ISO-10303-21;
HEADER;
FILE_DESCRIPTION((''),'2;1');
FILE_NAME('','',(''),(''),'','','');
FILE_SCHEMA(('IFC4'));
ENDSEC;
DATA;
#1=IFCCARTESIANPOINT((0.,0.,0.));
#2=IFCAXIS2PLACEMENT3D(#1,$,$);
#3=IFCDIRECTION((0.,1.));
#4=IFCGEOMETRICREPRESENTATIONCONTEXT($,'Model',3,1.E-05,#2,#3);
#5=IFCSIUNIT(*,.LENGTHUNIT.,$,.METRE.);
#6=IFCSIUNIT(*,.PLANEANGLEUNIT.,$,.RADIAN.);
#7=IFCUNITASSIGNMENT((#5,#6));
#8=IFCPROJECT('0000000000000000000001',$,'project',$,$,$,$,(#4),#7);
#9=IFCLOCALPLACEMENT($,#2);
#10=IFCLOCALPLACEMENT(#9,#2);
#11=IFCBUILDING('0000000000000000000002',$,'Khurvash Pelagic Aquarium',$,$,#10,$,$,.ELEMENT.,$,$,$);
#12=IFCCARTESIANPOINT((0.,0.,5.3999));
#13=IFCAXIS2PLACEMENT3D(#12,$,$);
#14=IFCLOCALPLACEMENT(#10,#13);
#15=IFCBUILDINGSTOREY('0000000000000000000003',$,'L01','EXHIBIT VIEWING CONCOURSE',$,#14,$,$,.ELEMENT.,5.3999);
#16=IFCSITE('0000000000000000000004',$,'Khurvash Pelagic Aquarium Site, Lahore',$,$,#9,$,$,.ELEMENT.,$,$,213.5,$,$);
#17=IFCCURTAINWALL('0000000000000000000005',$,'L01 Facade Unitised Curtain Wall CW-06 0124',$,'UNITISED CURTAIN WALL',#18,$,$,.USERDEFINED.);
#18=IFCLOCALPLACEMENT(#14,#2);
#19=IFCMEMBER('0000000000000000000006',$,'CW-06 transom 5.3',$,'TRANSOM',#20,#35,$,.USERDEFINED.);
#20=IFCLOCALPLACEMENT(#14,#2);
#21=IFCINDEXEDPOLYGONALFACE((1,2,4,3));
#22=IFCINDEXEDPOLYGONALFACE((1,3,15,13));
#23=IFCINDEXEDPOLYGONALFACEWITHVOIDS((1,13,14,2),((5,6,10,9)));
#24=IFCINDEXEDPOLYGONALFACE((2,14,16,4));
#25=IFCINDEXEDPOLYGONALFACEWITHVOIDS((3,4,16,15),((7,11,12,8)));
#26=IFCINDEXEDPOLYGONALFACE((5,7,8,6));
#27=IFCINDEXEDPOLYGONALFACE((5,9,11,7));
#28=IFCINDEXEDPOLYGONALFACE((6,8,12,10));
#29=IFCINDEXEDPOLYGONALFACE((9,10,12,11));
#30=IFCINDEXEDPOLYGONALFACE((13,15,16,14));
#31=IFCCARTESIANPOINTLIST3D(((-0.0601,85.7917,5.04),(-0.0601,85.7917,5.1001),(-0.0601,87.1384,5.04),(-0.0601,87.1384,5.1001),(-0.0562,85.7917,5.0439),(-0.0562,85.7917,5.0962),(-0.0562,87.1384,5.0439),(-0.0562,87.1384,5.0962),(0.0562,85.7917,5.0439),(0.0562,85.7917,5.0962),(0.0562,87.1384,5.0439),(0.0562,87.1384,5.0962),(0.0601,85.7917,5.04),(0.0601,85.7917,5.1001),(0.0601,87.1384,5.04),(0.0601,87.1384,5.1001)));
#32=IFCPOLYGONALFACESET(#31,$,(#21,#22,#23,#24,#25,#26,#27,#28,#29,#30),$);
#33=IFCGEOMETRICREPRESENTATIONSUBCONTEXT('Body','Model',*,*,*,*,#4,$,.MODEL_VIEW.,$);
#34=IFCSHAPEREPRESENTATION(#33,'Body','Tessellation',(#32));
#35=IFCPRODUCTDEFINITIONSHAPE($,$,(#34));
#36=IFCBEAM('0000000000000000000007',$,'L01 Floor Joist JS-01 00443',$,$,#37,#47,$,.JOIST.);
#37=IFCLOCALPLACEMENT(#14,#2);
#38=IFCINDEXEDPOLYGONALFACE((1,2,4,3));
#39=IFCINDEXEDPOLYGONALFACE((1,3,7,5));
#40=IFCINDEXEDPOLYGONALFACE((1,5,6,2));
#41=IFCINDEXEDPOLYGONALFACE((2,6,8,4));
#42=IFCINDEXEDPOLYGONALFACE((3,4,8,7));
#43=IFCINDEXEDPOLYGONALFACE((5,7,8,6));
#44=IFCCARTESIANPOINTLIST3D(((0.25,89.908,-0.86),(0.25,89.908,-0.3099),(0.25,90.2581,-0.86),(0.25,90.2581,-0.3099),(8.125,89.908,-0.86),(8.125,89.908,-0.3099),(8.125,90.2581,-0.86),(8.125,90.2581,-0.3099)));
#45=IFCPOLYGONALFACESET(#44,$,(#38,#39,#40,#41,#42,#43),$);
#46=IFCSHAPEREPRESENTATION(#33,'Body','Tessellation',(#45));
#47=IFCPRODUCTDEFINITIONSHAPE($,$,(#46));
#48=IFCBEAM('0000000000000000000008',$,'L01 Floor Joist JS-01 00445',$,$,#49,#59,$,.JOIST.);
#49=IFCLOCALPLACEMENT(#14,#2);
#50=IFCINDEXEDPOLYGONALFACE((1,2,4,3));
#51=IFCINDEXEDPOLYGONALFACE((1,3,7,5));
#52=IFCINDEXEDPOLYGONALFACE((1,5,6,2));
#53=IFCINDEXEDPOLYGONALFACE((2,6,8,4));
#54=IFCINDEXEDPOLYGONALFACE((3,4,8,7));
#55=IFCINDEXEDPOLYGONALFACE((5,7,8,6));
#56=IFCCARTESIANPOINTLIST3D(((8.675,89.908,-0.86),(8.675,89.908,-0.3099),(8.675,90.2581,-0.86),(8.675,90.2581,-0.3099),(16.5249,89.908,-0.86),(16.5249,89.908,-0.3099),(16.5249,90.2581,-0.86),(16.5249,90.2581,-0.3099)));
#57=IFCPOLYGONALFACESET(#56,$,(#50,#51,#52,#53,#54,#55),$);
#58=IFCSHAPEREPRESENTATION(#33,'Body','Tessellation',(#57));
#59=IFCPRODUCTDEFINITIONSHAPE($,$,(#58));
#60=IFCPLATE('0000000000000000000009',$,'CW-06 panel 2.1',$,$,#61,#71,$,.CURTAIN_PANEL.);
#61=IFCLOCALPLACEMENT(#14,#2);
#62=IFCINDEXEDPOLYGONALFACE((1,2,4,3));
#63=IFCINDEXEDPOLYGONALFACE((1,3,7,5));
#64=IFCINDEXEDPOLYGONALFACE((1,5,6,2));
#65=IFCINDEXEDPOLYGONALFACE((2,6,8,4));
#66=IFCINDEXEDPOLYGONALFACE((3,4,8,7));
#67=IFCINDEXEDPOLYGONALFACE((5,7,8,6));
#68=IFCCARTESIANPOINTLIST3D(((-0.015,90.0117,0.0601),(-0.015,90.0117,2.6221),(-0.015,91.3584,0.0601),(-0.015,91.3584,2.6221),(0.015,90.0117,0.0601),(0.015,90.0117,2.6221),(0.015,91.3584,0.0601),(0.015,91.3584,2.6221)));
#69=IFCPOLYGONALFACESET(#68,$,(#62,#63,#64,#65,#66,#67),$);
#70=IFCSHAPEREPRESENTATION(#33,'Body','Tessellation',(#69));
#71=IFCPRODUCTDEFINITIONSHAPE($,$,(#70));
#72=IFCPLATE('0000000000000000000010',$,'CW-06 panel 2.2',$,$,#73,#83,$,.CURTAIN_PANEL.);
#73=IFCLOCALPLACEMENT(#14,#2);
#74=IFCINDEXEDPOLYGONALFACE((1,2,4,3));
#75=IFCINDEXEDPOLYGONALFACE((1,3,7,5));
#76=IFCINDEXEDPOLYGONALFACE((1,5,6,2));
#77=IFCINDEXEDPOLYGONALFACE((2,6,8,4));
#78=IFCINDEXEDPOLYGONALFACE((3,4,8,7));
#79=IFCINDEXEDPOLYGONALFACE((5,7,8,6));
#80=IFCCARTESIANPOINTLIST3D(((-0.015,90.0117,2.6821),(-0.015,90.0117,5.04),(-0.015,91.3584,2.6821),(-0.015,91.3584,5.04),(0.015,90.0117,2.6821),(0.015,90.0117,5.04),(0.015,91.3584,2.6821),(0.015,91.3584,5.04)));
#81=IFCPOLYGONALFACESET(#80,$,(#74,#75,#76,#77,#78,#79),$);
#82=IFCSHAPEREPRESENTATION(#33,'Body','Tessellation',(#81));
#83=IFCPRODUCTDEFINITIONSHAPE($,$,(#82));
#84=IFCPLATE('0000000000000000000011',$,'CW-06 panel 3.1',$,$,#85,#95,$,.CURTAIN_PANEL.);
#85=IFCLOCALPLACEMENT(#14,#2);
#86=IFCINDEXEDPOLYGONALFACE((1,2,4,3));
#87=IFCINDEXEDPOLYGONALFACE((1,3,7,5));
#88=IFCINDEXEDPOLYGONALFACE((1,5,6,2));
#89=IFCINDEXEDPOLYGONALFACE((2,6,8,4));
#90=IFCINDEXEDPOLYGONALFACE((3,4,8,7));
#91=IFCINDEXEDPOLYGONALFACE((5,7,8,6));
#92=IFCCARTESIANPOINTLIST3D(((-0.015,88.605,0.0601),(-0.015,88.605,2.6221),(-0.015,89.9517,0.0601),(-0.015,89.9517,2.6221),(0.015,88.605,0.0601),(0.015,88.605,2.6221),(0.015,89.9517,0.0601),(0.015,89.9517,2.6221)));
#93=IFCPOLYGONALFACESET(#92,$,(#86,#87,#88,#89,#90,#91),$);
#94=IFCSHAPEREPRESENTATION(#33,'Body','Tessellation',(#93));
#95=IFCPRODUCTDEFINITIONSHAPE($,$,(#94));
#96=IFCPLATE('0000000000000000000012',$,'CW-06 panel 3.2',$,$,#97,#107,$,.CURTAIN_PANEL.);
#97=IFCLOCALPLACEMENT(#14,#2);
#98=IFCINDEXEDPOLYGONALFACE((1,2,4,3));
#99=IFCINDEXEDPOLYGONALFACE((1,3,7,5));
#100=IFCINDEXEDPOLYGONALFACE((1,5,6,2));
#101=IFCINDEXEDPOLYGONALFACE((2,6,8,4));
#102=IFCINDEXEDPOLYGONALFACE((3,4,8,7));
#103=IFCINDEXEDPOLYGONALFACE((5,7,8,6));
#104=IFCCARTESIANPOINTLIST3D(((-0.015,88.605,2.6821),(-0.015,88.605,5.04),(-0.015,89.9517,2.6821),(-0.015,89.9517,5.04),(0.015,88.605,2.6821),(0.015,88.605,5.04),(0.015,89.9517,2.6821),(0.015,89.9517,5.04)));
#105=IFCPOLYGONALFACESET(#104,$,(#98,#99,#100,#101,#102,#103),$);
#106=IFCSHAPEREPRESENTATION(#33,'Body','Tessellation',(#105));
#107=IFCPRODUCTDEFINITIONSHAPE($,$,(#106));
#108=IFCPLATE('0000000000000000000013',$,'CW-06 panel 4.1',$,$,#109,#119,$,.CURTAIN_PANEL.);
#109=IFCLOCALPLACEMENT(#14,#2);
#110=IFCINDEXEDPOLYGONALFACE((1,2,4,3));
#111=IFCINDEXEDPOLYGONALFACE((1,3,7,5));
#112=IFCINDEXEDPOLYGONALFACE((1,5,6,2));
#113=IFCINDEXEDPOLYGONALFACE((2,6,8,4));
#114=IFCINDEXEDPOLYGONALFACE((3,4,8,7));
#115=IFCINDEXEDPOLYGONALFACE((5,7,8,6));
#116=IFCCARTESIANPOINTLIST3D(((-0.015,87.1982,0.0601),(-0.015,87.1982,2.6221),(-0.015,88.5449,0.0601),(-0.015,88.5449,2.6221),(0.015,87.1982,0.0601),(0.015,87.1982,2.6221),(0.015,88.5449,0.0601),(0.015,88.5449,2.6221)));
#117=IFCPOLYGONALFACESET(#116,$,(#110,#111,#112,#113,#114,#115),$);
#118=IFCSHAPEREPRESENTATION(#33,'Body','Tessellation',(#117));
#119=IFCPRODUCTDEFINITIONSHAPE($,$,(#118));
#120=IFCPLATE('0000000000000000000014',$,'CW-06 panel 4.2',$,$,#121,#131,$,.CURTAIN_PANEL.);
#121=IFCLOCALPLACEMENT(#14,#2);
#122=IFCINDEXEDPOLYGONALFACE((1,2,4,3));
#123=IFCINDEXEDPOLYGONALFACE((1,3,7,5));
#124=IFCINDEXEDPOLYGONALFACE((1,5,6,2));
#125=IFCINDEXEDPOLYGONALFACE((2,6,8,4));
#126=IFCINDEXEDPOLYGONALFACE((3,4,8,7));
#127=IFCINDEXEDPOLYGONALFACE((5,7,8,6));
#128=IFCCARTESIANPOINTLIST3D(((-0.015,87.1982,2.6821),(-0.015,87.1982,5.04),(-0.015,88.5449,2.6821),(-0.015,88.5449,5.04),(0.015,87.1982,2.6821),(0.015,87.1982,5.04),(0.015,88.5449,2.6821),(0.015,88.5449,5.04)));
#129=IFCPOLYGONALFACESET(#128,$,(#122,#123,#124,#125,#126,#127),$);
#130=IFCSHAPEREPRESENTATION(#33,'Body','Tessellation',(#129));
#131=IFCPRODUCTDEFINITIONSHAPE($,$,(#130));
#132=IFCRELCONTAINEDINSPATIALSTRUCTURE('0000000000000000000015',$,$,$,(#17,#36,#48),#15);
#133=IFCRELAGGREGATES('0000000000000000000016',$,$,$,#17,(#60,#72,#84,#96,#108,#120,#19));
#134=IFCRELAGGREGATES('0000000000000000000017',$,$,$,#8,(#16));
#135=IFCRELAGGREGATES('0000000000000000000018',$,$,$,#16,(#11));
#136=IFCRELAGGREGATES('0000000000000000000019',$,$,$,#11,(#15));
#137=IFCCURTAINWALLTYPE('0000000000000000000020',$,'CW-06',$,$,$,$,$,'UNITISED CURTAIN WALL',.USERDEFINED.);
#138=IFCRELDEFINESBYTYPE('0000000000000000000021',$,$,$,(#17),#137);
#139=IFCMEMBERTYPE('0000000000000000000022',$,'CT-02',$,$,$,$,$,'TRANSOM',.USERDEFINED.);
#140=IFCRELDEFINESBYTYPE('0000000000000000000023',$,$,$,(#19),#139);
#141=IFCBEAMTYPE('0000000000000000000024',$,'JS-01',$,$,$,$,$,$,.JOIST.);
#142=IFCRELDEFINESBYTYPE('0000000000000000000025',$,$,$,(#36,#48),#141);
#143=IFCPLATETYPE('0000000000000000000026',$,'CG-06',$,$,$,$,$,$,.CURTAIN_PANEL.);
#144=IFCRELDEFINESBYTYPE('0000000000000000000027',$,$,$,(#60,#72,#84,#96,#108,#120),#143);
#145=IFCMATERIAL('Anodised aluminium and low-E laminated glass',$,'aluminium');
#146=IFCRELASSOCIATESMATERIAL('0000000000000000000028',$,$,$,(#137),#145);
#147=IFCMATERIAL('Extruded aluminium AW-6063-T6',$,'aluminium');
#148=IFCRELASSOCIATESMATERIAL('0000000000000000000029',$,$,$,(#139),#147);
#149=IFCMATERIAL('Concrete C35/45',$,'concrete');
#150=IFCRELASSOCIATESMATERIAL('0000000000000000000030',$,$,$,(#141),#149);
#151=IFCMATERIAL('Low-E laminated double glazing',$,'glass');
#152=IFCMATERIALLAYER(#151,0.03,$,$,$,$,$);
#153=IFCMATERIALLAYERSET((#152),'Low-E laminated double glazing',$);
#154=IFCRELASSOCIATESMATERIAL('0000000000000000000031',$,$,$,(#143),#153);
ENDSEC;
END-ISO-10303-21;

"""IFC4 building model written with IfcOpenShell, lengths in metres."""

from ifc_helpers import new_model, si_unit, direction, frame, origin, origin_2d, place, context, subcontext, project, spatial, rectangle, hollow_rectangle, extrude, material, layer, layer_set, material_profile, profile_set, type_object, element, aggregate, save


model = new_model("IFC4")

# Units and contexts
model_context = context("Model", 3, precision=1e-05, world=origin(), true_north=direction((0.0, 1.0)))
body_context = subcontext(model_context, "Body", "Model", "MODEL_VIEW")
ifc_project = project(units=[si_unit("LENGTHUNIT", "METRE"), si_unit("PLANEANGLEUNIT", "RADIAN")], contexts=[model_context])

# Site, building, storey
site_placement = place(None, origin())
site = spatial("IfcSite", under=ifc_project, at=site_placement, Name="Khurvash Pelagic Aquarium Site, Lahore", CompositionType="ELEMENT", RefElevation=213.5)
building_placement = place(site_placement, origin())
building = spatial("IfcBuilding", under=site, at=building_placement, Name="Khurvash Pelagic Aquarium", CompositionType="ELEMENT")
storey_placement = place(building_placement, frame((0.0, 0.0, 5.3999)))
storey = spatial("IfcBuildingStorey", under=building, at=storey_placement, Name="L01", Description="EXHIBIT VIEWING CONCOURSE", CompositionType="ELEMENT", Elevation=5.3999)

# Curtain wall, member
ifc_material_1 = material(Name="Anodised aluminium and low-E laminated glass", Category="aluminium")
curtain_wall_type = type_object("IfcCurtainWallType", Name="CW-06", ElementType="UNITISED CURTAIN WALL", PredefinedType="USERDEFINED", material=ifc_material_1)
curtain_wall_placement = place(storey_placement, origin())
curtain_wall = element("IfcCurtainWall", 1, at=curtain_wall_placement, inside=storey, type_object=curtain_wall_type, Name="L01 Facade Unitised Curtain Wall CW-06 0124", ObjectType="UNITISED CURTAIN WALL", PredefinedType="USERDEFINED")
ifc_material_2 = material(Name="Extruded aluminium AW-6063-T6", Category="aluminium")
ifc_material_profile_1 = material_profile(ifc_material_2, hollow_rectangle(XDim=0.1201, YDim=0.0601, WallThickness=0.0039, at=origin_2d()), Name="CWT120X60X4")
ifc_profile_set_1 = profile_set([ifc_material_profile_1], Name="Extruded aluminium AW-6063-T6")
member_type_1 = type_object("IfcMemberType", Name="CT-02", ElementType="TRANSOM", PredefinedType="USERDEFINED", material=ifc_profile_set_1)
member_1_placement = place(storey_placement, frame((0.0, 87.1384, 5.0701), z_axis=(0.0, -1.0, 0.0), x_axis=(1.0, 0.0, 0.0)))
member_1 = element("IfcMember", 2, at=member_1_placement, type_object=member_type_1, Name="CW-06 transom 5.3", ObjectType="TRANSOM", PredefinedType="USERDEFINED", context=body_context, shape_type="SweptSolid", body=[
    extrude(hollow_rectangle(XDim=0.1201, YDim=0.0601, WallThickness=0.0039, at=origin_2d()), origin(), (0.0, 0.0, 1.0), 1.3467),
])

# Beams
ifc_material_3 = material(Name="Concrete C35/45", Category="concrete")
ifc_material_profile_2 = material_profile(ifc_material_3, rectangle(XDim=0.3501, YDim=0.55, at=origin_2d()), Name="RC350X550")
ifc_profile_set_2 = profile_set([ifc_material_profile_2], Name="Concrete C35/45")
beam_type = type_object("IfcBeamType", Name="JS-01", PredefinedType="JOIST", material=ifc_profile_set_2)
beam_1_placement = place(storey_placement, frame((0.25, 90.083, -0.585), z_axis=(1.0, 0.0, 0.0), x_axis=(0.0, 1.0, 0.0)))
element("IfcBeam", 3, at=beam_1_placement, inside=storey, type_object=beam_type, Name="L01 Floor Joist JS-01 00443", PredefinedType="JOIST", context=body_context, shape_type="SweptSolid", body=[
    extrude(rectangle(XDim=0.3501, YDim=0.55, at=origin_2d()), origin(), (0.0, 0.0, 1.0), 7.875),
])
beam_2_placement = place(storey_placement, frame((8.675, 90.083, -0.585), z_axis=(1.0, 0.0, 0.0), x_axis=(0.0, 1.0, 0.0)))
element("IfcBeam", 4, at=beam_2_placement, inside=storey, type_object=beam_type, Name="L01 Floor Joist JS-01 00445", PredefinedType="JOIST", context=body_context, shape_type="SweptSolid", body=[
    extrude(rectangle(XDim=0.3501, YDim=0.55, at=origin_2d()), origin(), (0.0, 0.0, 1.0), 7.8499),
])

# Plates
ifc_material_4 = material(Name="Low-E laminated double glazing", Category="glass")
ifc_layer = layer(ifc_material_4, 0.03)
ifc_layer_set = layer_set([ifc_layer], Name="Low-E laminated double glazing")
plate_type = type_object("IfcPlateType", Name="CG-06", PredefinedType="CURTAIN_PANEL", material=ifc_layer_set)
plate_1_placement = place(storey_placement, frame((0.0, 90.6851, 0.0601), z_axis=(0.0, 0.0, 1.0), x_axis=(0.0, -1.0, 0.0)))
plate_1 = element("IfcPlate", 5, at=plate_1_placement, type_object=plate_type, Name="CW-06 panel 2.1", PredefinedType="CURTAIN_PANEL", context=body_context, shape_type="SweptSolid", body=[
    extrude(rectangle(XDim=1.3467, YDim=0.03, at=origin_2d()), origin(), (0.0, 0.0, 1.0), 2.562),
])
plate_2_placement = place(storey_placement, frame((0.0, 90.6851, 2.6821), z_axis=(0.0, 0.0, 1.0), x_axis=(0.0, -1.0, 0.0)))
plate_2 = element("IfcPlate", 6, at=plate_2_placement, type_object=plate_type, Name="CW-06 panel 2.2", PredefinedType="CURTAIN_PANEL", context=body_context, shape_type="SweptSolid", body=[
    extrude(rectangle(XDim=1.3467, YDim=0.03, at=origin_2d()), origin(), (0.0, 0.0, 1.0), 2.3579),
])
plate_3_placement = place(storey_placement, frame((0.0, 89.2783, 0.0601), z_axis=(0.0, 0.0, 1.0), x_axis=(0.0, -1.0, 0.0)))
plate_3 = element("IfcPlate", 7, at=plate_3_placement, type_object=plate_type, Name="CW-06 panel 3.1", PredefinedType="CURTAIN_PANEL", context=body_context, shape_type="SweptSolid", body=[
    extrude(rectangle(XDim=1.3467, YDim=0.03, at=origin_2d()), origin(), (0.0, 0.0, 1.0), 2.562),
])
plate_4_placement = place(storey_placement, frame((0.0, 89.2783, 2.6821), z_axis=(0.0, 0.0, 1.0), x_axis=(0.0, -1.0, 0.0)))
plate_4 = element("IfcPlate", 8, at=plate_4_placement, type_object=plate_type, Name="CW-06 panel 3.2", PredefinedType="CURTAIN_PANEL", context=body_context, shape_type="SweptSolid", body=[
    extrude(rectangle(XDim=1.3467, YDim=0.03, at=origin_2d()), origin(), (0.0, 0.0, 1.0), 2.3579),
])
plate_5_placement = place(storey_placement, frame((0.0, 87.8716, 0.0601), z_axis=(0.0, 0.0, 1.0), x_axis=(0.0, -1.0, 0.0)))
plate_5 = element("IfcPlate", 9, at=plate_5_placement, type_object=plate_type, Name="CW-06 panel 4.1", PredefinedType="CURTAIN_PANEL", context=body_context, shape_type="SweptSolid", body=[
    extrude(rectangle(XDim=1.3467, YDim=0.03, at=origin_2d()), origin(), (0.0, 0.0, 1.0), 2.562),
])
plate_6_placement = place(storey_placement, frame((0.0, 87.8716, 2.6821), z_axis=(0.0, 0.0, 1.0), x_axis=(0.0, -1.0, 0.0)))
plate_6 = element("IfcPlate", 10, at=plate_6_placement, type_object=plate_type, Name="CW-06 panel 4.2", PredefinedType="CURTAIN_PANEL", context=body_context, shape_type="SweptSolid", body=[
    extrude(rectangle(XDim=1.3467, YDim=0.03, at=origin_2d()), origin(), (0.0, 0.0, 1.0), 2.3579),
])
aggregate(curtain_wall, [plate_1, plate_2, plate_3, plate_4, plate_5, plate_6, member_1])

save(model, "model.ifc")
